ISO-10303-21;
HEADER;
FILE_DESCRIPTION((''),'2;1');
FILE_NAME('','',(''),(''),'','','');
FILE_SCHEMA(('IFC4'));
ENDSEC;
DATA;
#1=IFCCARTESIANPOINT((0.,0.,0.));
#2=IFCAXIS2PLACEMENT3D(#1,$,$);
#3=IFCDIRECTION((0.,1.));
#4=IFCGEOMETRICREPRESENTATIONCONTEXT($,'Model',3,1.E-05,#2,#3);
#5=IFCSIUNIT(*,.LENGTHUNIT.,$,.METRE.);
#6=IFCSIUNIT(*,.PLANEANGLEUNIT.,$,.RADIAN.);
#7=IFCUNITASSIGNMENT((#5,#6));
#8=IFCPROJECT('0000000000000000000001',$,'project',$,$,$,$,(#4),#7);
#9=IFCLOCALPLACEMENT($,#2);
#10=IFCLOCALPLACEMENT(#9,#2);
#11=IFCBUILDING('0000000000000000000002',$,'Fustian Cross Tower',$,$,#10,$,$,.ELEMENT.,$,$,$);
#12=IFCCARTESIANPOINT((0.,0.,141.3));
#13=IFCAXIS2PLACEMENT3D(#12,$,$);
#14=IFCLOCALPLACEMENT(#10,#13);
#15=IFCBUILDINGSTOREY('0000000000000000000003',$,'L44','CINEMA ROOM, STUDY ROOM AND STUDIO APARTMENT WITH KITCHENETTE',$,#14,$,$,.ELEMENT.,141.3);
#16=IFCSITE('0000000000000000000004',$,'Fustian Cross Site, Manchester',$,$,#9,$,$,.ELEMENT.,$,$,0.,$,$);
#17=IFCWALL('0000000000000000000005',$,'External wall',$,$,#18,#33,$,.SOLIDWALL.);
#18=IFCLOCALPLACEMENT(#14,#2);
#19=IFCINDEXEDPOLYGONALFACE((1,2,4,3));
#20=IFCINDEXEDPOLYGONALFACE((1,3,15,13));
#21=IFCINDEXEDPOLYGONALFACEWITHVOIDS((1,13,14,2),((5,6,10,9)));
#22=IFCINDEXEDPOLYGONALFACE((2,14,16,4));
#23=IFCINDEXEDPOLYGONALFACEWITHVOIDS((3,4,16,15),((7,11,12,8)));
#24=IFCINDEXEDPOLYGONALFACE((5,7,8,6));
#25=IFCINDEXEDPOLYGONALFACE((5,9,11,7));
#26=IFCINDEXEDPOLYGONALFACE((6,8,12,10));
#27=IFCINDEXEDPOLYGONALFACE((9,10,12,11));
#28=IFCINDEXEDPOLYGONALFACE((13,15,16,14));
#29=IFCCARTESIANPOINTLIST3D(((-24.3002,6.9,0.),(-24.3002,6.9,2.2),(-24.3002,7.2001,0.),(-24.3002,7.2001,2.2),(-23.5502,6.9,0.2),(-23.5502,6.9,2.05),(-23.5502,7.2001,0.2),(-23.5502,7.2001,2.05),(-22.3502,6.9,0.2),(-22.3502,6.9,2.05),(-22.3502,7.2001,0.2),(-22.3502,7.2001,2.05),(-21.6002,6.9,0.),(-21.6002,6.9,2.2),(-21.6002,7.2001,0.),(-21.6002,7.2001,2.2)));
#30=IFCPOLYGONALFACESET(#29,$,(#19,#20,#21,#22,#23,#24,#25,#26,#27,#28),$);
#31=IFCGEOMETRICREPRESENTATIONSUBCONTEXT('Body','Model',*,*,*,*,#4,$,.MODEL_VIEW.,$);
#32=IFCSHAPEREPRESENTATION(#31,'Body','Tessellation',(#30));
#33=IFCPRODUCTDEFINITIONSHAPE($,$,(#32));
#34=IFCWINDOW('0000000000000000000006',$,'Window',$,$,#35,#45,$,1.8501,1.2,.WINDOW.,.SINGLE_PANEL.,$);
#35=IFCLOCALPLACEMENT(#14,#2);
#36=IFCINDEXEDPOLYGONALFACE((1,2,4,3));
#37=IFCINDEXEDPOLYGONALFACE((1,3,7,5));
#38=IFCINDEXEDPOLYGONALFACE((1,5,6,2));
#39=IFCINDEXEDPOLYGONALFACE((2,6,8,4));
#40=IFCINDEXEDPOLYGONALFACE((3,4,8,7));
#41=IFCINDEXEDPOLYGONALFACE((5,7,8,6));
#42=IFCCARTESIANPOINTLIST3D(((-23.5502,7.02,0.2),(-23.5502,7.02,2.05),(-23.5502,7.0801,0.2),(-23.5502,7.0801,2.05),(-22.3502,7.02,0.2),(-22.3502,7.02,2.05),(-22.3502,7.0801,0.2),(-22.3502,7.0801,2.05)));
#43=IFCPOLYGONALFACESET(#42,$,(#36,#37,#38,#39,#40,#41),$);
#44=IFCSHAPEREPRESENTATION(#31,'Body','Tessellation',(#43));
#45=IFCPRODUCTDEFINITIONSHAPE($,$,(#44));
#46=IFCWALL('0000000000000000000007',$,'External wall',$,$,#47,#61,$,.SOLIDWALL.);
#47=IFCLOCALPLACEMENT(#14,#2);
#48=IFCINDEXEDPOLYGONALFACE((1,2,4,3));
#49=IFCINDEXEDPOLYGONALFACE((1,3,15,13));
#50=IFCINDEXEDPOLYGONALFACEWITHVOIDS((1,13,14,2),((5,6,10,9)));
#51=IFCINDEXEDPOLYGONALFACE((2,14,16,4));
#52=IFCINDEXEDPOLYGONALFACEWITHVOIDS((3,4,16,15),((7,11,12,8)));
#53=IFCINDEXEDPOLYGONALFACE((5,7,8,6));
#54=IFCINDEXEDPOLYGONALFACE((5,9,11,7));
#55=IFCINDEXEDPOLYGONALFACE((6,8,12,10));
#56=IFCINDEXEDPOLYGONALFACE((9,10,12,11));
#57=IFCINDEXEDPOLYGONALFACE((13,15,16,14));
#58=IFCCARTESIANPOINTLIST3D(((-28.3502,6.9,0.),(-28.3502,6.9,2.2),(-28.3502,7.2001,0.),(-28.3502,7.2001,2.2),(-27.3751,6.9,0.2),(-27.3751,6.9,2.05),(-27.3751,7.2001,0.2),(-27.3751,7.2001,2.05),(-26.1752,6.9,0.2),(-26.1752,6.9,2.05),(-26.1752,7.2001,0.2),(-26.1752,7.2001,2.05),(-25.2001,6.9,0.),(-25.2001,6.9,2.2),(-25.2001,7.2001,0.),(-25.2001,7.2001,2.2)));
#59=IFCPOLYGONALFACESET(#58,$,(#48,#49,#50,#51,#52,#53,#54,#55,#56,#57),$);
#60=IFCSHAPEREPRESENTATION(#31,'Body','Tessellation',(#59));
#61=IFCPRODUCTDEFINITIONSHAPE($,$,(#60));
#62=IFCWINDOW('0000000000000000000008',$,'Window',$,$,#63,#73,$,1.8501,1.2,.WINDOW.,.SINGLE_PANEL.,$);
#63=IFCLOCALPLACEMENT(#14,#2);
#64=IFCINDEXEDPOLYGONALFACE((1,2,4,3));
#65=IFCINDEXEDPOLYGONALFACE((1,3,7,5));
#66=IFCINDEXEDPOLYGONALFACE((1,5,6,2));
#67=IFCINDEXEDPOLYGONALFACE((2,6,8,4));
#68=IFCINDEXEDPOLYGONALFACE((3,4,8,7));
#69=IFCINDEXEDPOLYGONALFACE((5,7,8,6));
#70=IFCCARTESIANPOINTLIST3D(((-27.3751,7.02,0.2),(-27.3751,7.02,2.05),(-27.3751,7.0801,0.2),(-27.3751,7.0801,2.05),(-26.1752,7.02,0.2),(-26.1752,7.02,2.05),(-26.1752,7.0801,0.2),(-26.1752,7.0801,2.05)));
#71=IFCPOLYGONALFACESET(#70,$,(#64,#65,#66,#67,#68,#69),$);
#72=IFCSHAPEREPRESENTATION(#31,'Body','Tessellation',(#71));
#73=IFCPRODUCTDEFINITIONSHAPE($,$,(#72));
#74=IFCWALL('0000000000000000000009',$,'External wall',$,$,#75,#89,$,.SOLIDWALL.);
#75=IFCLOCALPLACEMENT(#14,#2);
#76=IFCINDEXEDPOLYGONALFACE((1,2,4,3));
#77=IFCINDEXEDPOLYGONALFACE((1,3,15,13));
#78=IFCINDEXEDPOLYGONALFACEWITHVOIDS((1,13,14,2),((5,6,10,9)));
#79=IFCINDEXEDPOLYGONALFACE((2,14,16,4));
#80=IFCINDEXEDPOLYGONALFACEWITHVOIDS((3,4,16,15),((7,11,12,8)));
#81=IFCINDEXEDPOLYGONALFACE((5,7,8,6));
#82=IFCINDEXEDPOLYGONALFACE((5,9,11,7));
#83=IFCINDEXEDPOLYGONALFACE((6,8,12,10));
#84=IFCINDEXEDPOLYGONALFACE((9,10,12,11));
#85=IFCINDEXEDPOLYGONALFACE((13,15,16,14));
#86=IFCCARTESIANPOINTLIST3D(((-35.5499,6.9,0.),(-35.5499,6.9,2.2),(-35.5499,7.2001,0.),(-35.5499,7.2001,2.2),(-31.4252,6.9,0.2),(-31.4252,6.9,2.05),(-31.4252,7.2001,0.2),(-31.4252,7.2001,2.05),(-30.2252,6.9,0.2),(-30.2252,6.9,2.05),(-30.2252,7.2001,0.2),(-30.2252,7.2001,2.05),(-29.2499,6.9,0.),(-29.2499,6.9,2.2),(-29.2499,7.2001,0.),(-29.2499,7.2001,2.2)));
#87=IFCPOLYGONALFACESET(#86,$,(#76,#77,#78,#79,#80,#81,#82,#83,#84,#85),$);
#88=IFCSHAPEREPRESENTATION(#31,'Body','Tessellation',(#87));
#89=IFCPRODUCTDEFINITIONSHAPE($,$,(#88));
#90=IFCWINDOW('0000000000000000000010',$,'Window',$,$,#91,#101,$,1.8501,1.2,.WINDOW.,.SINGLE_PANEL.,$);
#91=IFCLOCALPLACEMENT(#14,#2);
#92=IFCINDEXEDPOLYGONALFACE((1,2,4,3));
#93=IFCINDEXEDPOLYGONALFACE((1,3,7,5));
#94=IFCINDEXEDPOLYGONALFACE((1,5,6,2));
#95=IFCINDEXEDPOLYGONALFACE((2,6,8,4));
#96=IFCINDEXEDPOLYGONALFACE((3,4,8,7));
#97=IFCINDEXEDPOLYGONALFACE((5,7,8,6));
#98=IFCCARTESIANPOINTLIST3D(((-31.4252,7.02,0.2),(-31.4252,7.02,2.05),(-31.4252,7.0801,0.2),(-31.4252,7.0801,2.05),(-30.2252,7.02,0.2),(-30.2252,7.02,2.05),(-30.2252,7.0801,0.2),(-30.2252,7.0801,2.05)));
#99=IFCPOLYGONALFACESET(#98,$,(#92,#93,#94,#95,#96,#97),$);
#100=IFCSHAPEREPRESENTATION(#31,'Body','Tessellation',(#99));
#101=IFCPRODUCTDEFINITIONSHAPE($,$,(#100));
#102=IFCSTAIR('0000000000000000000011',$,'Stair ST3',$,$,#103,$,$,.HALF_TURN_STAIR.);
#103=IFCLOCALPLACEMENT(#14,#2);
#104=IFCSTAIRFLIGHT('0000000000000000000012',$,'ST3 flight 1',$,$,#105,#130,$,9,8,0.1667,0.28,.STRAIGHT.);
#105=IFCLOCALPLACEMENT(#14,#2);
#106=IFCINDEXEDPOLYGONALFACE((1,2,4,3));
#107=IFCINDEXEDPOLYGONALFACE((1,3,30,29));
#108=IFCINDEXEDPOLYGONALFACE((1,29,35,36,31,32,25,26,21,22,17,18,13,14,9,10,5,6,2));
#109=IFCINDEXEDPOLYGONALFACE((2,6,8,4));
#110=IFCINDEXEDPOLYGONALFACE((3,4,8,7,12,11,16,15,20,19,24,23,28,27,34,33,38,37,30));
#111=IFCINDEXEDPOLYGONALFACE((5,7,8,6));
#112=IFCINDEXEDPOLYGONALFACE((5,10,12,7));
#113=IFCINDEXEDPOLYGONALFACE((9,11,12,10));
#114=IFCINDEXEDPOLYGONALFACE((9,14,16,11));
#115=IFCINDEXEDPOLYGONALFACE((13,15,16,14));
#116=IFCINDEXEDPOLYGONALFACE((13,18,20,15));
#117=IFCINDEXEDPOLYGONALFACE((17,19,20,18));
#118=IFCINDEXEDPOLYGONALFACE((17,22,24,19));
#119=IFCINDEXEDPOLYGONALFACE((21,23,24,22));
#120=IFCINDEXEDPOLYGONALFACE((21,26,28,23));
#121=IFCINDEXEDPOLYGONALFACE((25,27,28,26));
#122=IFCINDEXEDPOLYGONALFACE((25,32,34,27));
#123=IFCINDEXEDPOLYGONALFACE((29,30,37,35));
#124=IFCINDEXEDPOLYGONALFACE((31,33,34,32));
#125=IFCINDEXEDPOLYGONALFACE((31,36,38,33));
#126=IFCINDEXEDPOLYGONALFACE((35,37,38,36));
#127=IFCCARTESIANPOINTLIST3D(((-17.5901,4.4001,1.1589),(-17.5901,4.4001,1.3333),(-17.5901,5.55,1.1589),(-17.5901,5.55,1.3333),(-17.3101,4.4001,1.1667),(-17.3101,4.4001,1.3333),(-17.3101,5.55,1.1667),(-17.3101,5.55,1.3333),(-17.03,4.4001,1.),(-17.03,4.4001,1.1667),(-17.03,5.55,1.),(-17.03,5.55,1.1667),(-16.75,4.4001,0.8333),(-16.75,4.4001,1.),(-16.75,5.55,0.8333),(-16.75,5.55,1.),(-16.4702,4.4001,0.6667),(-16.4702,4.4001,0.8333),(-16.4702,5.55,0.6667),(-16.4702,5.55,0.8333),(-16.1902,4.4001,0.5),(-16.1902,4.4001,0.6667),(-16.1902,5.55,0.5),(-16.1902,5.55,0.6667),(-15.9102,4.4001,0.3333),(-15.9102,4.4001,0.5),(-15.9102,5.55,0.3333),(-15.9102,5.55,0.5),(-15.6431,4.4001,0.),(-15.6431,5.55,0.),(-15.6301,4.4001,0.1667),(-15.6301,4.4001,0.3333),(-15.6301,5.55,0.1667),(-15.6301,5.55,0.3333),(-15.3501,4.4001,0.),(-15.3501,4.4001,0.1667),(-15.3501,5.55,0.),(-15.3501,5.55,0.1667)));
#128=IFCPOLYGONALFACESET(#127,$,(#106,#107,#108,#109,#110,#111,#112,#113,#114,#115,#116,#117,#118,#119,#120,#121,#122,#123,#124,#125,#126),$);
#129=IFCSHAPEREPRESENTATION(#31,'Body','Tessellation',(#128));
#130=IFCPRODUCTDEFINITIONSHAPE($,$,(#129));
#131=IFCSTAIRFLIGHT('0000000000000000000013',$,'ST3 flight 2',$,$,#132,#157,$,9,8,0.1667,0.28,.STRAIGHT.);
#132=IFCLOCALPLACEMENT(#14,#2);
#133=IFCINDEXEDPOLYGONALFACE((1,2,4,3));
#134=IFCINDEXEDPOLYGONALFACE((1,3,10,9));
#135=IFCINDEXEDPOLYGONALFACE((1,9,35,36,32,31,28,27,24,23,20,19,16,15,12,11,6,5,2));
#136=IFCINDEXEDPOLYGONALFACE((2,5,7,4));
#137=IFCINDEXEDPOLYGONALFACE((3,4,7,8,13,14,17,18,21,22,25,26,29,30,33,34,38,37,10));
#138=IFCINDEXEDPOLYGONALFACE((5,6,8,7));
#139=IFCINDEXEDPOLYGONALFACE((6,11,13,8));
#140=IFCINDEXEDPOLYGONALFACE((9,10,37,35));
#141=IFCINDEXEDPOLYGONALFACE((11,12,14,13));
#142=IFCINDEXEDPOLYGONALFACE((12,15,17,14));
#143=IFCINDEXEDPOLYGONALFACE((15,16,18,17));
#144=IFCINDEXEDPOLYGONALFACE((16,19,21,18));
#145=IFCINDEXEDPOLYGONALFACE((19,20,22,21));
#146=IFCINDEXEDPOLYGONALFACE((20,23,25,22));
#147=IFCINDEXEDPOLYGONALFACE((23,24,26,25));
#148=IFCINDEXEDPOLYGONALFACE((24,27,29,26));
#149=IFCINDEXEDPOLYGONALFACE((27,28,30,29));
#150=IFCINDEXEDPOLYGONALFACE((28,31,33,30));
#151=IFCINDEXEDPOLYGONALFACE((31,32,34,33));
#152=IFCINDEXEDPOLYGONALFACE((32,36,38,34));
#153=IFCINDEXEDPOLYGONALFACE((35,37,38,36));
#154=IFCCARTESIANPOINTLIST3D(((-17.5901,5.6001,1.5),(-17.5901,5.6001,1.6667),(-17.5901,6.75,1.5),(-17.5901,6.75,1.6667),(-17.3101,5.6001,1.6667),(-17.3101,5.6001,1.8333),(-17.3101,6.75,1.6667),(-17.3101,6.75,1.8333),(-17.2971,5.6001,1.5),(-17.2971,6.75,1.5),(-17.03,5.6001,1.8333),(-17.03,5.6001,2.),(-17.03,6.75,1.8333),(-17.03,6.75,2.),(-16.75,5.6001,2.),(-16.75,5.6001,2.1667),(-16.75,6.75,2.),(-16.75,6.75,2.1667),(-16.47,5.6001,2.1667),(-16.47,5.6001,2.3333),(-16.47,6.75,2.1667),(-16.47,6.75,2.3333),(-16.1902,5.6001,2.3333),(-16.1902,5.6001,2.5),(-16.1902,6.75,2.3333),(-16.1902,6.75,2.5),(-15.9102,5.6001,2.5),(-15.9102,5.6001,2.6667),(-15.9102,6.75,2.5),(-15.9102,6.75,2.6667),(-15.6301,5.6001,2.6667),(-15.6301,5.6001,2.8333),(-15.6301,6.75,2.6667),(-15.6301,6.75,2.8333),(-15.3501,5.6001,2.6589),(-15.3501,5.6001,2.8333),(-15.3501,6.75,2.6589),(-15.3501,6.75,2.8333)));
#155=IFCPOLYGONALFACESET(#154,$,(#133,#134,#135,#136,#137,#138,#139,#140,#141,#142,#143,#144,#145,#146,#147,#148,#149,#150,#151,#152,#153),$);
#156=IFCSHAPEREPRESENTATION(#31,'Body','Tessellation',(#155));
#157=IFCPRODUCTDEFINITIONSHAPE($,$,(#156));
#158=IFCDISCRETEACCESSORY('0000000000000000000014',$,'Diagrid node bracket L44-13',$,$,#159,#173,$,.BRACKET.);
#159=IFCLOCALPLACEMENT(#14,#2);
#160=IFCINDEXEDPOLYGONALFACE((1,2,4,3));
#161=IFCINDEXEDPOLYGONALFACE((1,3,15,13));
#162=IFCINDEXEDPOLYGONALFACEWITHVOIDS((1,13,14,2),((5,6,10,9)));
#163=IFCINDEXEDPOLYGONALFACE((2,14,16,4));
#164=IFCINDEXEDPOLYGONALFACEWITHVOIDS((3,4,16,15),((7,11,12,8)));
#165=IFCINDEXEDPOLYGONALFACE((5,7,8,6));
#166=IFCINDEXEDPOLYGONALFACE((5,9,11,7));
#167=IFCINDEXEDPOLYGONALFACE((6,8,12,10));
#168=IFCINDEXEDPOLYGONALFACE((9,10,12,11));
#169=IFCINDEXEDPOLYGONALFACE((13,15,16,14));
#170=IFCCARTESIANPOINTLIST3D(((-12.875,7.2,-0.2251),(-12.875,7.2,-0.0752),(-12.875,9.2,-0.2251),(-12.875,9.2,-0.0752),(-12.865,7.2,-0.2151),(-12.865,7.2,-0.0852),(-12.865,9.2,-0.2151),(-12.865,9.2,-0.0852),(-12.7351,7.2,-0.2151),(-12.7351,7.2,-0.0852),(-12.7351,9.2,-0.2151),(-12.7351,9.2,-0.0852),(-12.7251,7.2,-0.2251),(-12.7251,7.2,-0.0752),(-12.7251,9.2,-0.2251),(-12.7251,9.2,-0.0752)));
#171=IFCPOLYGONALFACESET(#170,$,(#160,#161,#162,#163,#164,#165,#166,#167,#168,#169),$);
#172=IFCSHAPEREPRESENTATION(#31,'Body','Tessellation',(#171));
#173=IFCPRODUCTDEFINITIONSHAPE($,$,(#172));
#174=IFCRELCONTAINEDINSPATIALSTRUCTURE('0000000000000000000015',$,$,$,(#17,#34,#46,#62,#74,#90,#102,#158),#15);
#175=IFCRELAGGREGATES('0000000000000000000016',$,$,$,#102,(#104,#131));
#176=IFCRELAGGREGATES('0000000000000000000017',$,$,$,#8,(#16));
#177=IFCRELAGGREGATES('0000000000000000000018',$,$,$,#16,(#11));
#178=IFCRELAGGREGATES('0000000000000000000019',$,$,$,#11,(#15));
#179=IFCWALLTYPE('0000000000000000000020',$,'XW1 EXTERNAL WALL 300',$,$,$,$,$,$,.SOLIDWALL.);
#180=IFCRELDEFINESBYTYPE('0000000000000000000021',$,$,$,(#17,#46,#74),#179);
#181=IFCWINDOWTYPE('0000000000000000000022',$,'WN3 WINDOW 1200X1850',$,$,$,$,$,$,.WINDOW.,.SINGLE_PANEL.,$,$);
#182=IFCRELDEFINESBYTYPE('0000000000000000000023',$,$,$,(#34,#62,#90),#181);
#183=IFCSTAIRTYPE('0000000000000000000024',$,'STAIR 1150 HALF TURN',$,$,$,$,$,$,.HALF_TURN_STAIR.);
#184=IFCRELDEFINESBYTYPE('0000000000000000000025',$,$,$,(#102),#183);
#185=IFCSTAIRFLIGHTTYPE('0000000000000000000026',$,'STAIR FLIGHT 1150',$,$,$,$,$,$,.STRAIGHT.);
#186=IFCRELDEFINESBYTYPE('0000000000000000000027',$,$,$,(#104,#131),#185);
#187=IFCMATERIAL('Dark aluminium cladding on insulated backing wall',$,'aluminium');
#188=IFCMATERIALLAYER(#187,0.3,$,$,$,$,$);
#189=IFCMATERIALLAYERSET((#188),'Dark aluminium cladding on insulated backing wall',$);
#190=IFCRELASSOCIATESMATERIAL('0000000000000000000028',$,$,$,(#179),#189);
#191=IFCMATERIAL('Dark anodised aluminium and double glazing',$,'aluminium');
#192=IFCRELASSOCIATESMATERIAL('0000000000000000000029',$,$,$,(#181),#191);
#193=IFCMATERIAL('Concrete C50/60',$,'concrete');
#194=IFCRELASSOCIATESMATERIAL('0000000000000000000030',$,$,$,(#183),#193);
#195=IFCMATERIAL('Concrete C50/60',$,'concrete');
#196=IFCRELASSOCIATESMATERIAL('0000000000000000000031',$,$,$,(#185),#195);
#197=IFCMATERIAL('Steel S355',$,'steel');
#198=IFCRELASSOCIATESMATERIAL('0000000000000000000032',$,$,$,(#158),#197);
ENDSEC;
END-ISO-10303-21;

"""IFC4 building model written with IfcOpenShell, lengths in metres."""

from ifc_helpers import new_model, si_unit, direction, frame, frame_2d, origin, origin_2d, place, context, subcontext, project, spatial, polyline, rectangle, hollow_rectangle, outline, extrude, material, layer, layer_set, type_object, element, fill, aggregate, save


model = new_model("IFC4")

# Units and contexts
model_context = context("Model", 3, precision=1e-05, world=origin(), true_north=direction((0.0, 1.0)))
body_context = subcontext(model_context, "Body", "Model", "MODEL_VIEW")
ifc_project = project(units=[si_unit("LENGTHUNIT", "METRE"), si_unit("PLANEANGLEUNIT", "RADIAN")], contexts=[model_context])

# Site, building, storey
site_placement = place(None, origin())
site = spatial("IfcSite", under=ifc_project, at=site_placement, Name="Fustian Cross Site, Manchester", CompositionType="ELEMENT", RefElevation=0.0)
building_placement = place(site_placement, origin())
building = spatial("IfcBuilding", under=site, at=building_placement, Name="Fustian Cross Tower", CompositionType="ELEMENT")
storey_placement = place(building_placement, frame((0.0, 0.0, 141.3)))
storey = spatial("IfcBuildingStorey", under=building, at=storey_placement, Name="L44", Description="CINEMA ROOM, STUDY ROOM AND STUDIO APARTMENT WITH KITCHENETTE", CompositionType="ELEMENT", Elevation=141.3)

# Walls, openings, windows
ifc_material_1 = material(Name="Dark aluminium cladding on insulated backing wall", Category="aluminium")
ifc_layer_1 = layer(ifc_material_1, 0.3)
ifc_layer_set_1 = layer_set([ifc_layer_1], Name="Dark aluminium cladding on insulated backing wall")
wall_type_1 = type_object("IfcWallType", Name="XW1 EXTERNAL WALL 300", PredefinedType="SOLIDWALL", material=ifc_layer_set_1)
wall_1_placement = place(storey_placement, frame((-21.6001, 7.05, 0.0), z_axis=(0.0, 0.0, 1.0), x_axis=(-1.0, 0.0, 0.0)))
wall_1 = element("IfcWall", 1, at=wall_1_placement, inside=storey, type_object=wall_type_1, Name="External wall", PredefinedType="SOLIDWALL", context=body_context, shape_type="SweptSolid", body=[
    extrude(rectangle(XDim=2.7, YDim=0.3, at=frame_2d((1.3501, 0.0))), origin(), (0.0, 0.0, 1.0), 2.2),
])
opening_1_placement = place(wall_1_placement, frame((0.75, 0.0, 0.2)))
opening_1 = element("IfcOpeningElement", 2, at=opening_1_placement, cuts=wall_1, PredefinedType="OPENING", context=body_context, shape_type="SweptSolid", body=[
    extrude(rectangle(XDim=1.2, YDim=1.8501, at=frame_2d((0.6001, 0.925))), frame((0.0, 0.1599, 0.0), z_axis=(0.0, -1.0, 0.0), x_axis=(1.0, 0.0, 0.0)), (0.0, 0.0, 1.0), 0.3201),
])
ifc_material_2 = material(Name="Dark anodised aluminium and double glazing", Category="aluminium")
window_type = type_object("IfcWindowType", Name="WN3 WINDOW 1200X1850", PartitioningType="SINGLE_PANEL", PredefinedType="WINDOW", material=ifc_material_2)
window_1_placement = place(opening_1_placement, origin())
window_1 = element("IfcWindow", 3, at=window_1_placement, inside=storey, type_object=window_type, Name="Window", OverallHeight=1.8501, OverallWidth=1.2, PartitioningType="SINGLE_PANEL", PredefinedType="WINDOW", context=body_context, shape_type="SweptSolid", body=[
    extrude(rectangle(XDim=1.2, YDim=1.8501, at=frame_2d((0.6001, 0.925))), frame((0.0, 0.03, 0.0), z_axis=(0.0, -1.0, 0.0), x_axis=(1.0, 0.0, 0.0)), (0.0, 0.0, 1.0), 0.0601),
])
fill(opening_1, window_1)
wall_2_placement = place(storey_placement, frame((-25.2, 7.05, 0.0), z_axis=(0.0, 0.0, 1.0), x_axis=(-1.0, 0.0, 0.0)))
wall_2 = element("IfcWall", 4, at=wall_2_placement, inside=storey, type_object=wall_type_1, Name="External wall", PredefinedType="SOLIDWALL", context=body_context, shape_type="SweptSolid", body=[
    extrude(rectangle(XDim=3.1501, YDim=0.3, at=frame_2d((1.5752, 0.0))), origin(), (0.0, 0.0, 1.0), 2.2),
])
opening_2_placement = place(wall_2_placement, frame((0.9751, 0.0, 0.2)))
opening_2 = element("IfcOpeningElement", 5, at=opening_2_placement, cuts=wall_2, PredefinedType="OPENING", context=body_context, shape_type="SweptSolid", body=[
    extrude(rectangle(XDim=1.2, YDim=1.8501, at=frame_2d((0.6001, 0.925))), frame((0.0, 0.1599, 0.0), z_axis=(0.0, -1.0, 0.0), x_axis=(1.0, 0.0, 0.0)), (0.0, 0.0, 1.0), 0.3201),
])
window_2_placement = place(opening_2_placement, origin())
window_2 = element("IfcWindow", 6, at=window_2_placement, inside=storey, type_object=window_type, Name="Window", OverallHeight=1.8501, OverallWidth=1.2, PartitioningType="SINGLE_PANEL", PredefinedType="WINDOW", context=body_context, shape_type="SweptSolid", body=[
    extrude(rectangle(XDim=1.2, YDim=1.8501, at=frame_2d((0.6001, 0.925))), frame((0.0, 0.03, 0.0), z_axis=(0.0, -1.0, 0.0), x_axis=(1.0, 0.0, 0.0)), (0.0, 0.0, 1.0), 0.0601),
])
fill(opening_2, window_2)
wall_3_placement = place(storey_placement, frame((-29.25, 7.05, 0.0), z_axis=(0.0, 0.0, 1.0), x_axis=(-1.0, 0.0, 0.0)))
wall_3 = element("IfcWall", 7, at=wall_3_placement, inside=storey, type_object=wall_type_1, Name="External wall", PredefinedType="SOLIDWALL", context=body_context, shape_type="SweptSolid", body=[
    extrude(rectangle(XDim=6.3, YDim=0.3, at=frame_2d((3.1499, 0.0))), origin(), (0.0, 0.0, 1.0), 2.2),
])
opening_3_placement = place(wall_3_placement, frame((0.9751, 0.0, 0.2)))
opening_3 = element("IfcOpeningElement", 8, at=opening_3_placement, cuts=wall_3, PredefinedType="OPENING", context=body_context, shape_type="SweptSolid", body=[
    extrude(rectangle(XDim=1.2, YDim=1.8501, at=frame_2d((0.6001, 0.925))), frame((0.0, 0.1599, 0.0), z_axis=(0.0, -1.0, 0.0), x_axis=(1.0, 0.0, 0.0)), (0.0, 0.0, 1.0), 0.3201),
])
window_3_placement = place(opening_3_placement, origin())
window_3 = element("IfcWindow", 9, at=window_3_placement, inside=storey, type_object=window_type, Name="Window", OverallHeight=1.8501, OverallWidth=1.2, PartitioningType="SINGLE_PANEL", PredefinedType="WINDOW", context=body_context, shape_type="SweptSolid", body=[
    extrude(rectangle(XDim=1.2, YDim=1.8501, at=frame_2d((0.6001, 0.925))), frame((0.0, 0.03, 0.0), z_axis=(0.0, -1.0, 0.0), x_axis=(1.0, 0.0, 0.0)), (0.0, 0.0, 1.0), 0.0601),
])
fill(opening_3, window_3)

# Stair, stair flights
ifc_material_3 = material(Name="Concrete C50/60", Category="concrete")
stair_type = type_object("IfcStairType", Name="STAIR 1150 HALF TURN", PredefinedType="HALF_TURN_STAIR", material=ifc_material_3)
stair_placement = place(storey_placement, origin())
stair = element("IfcStair", 10, at=stair_placement, inside=storey, type_object=stair_type, Name="Stair ST3", PredefinedType="HALF_TURN_STAIR")
ifc_material_4 = material(Name="Concrete C50/60", Category="concrete")
stair_flight_type = type_object("IfcStairFlightType", Name="STAIR FLIGHT 1150", PredefinedType="STRAIGHT", material=ifc_material_4)
stair_flight_1_placement = place(storey_placement, frame((-15.3501, 4.9751, 0.0), z_axis=(0.0, 0.0, 1.0), x_axis=(-1.0, 0.0, 0.0)))
stair_flight_1 = element("IfcStairFlight", 11, at=stair_flight_1_placement, type_object=stair_flight_type, Name="ST3 flight 1", NumberOfRisers=9, NumberOfTreads=8, PredefinedType="STRAIGHT", RiserHeight=0.1667, TreadLength=0.28, context=body_context, shape_type="SweptSolid", body=[
    extrude(outline(polyline([(0.0, 0.0), (0.0, 0.1667), (0.28, 0.1667), (0.28, 0.3333), (0.5601, 0.3333), (0.5601, 0.5), (0.8401, 0.5), (0.8401, 0.6667), (1.1201, 0.6667), (1.1201, 0.8333), (1.3999, 0.8333), (1.3999, 1.0), (1.6799, 1.0), (1.6799, 1.1667), (1.96, 1.1667), (1.96, 1.3333), (2.24, 1.3333), (2.24, 1.5), (2.24, 1.1589), (0.293, 0.0), (0.0, 0.0)])), frame((0.0, 0.575, 0.0), z_axis=(0.0, -1.0, 0.0), x_axis=(1.0, 0.0, 0.0)), (0.0, 0.0, 1.0), 1.1499),
])
stair_flight_2_placement = place(storey_placement, frame((-17.5901, 6.175, 1.5), z_axis=(0.0, 0.0, 1.0), x_axis=(1.0, 0.0, 0.0)))
stair_flight_2 = element("IfcStairFlight", 12, at=stair_flight_2_placement, type_object=stair_flight_type, Name="ST3 flight 2", NumberOfRisers=9, NumberOfTreads=8, PredefinedType="STRAIGHT", RiserHeight=0.1667, TreadLength=0.28, context=body_context, shape_type="SweptSolid", body=[
    extrude(outline(polyline([(0.0, 0.0), (0.0, 0.1667), (0.28, 0.1667), (0.28, 0.3333), (0.5601, 0.3333), (0.5601, 0.5), (0.8401, 0.5), (0.8401, 0.6667), (1.1201, 0.6667), (1.1201, 0.8333), (1.3999, 0.8333), (1.3999, 1.0), (1.6799, 1.0), (1.6799, 1.1667), (1.96, 1.1667), (1.96, 1.3333), (2.24, 1.3333), (2.24, 1.5), (2.24, 1.1589), (0.293, 0.0), (0.0, 0.0)])), frame((0.0, 0.575, 0.0), z_axis=(0.0, -1.0, 0.0), x_axis=(1.0, 0.0, 0.0)), (0.0, 0.0, 1.0), 1.1499),
])
aggregate(stair, [stair_flight_1, stair_flight_2])

# Discrete accessory
ifc_material_5 = material(Name="Steel S355", Category="steel")
for number, where, z_axis, x_axis, name in (
    (13, (-12.8, 9.2, -0.1501), (0.0, -1.0, 0.0), (1.0, 0.0, 0.0), "Diagrid node bracket L44-13"),
):
    element("IfcDiscreteAccessory", number, at=place(storey_placement, frame(where, z_axis=z_axis, x_axis=x_axis)), inside=storey, material=ifc_material_5, Name=name, PredefinedType="BRACKET", context=body_context, shape_type="SweptSolid", body=[
        extrude(hollow_rectangle(XDim=0.1499, YDim=0.1499, WallThickness=0.01, at=origin_2d()), origin(), (0.0, 0.0, 1.0), 2.0),
    ])

save(model, "model.ifc")
